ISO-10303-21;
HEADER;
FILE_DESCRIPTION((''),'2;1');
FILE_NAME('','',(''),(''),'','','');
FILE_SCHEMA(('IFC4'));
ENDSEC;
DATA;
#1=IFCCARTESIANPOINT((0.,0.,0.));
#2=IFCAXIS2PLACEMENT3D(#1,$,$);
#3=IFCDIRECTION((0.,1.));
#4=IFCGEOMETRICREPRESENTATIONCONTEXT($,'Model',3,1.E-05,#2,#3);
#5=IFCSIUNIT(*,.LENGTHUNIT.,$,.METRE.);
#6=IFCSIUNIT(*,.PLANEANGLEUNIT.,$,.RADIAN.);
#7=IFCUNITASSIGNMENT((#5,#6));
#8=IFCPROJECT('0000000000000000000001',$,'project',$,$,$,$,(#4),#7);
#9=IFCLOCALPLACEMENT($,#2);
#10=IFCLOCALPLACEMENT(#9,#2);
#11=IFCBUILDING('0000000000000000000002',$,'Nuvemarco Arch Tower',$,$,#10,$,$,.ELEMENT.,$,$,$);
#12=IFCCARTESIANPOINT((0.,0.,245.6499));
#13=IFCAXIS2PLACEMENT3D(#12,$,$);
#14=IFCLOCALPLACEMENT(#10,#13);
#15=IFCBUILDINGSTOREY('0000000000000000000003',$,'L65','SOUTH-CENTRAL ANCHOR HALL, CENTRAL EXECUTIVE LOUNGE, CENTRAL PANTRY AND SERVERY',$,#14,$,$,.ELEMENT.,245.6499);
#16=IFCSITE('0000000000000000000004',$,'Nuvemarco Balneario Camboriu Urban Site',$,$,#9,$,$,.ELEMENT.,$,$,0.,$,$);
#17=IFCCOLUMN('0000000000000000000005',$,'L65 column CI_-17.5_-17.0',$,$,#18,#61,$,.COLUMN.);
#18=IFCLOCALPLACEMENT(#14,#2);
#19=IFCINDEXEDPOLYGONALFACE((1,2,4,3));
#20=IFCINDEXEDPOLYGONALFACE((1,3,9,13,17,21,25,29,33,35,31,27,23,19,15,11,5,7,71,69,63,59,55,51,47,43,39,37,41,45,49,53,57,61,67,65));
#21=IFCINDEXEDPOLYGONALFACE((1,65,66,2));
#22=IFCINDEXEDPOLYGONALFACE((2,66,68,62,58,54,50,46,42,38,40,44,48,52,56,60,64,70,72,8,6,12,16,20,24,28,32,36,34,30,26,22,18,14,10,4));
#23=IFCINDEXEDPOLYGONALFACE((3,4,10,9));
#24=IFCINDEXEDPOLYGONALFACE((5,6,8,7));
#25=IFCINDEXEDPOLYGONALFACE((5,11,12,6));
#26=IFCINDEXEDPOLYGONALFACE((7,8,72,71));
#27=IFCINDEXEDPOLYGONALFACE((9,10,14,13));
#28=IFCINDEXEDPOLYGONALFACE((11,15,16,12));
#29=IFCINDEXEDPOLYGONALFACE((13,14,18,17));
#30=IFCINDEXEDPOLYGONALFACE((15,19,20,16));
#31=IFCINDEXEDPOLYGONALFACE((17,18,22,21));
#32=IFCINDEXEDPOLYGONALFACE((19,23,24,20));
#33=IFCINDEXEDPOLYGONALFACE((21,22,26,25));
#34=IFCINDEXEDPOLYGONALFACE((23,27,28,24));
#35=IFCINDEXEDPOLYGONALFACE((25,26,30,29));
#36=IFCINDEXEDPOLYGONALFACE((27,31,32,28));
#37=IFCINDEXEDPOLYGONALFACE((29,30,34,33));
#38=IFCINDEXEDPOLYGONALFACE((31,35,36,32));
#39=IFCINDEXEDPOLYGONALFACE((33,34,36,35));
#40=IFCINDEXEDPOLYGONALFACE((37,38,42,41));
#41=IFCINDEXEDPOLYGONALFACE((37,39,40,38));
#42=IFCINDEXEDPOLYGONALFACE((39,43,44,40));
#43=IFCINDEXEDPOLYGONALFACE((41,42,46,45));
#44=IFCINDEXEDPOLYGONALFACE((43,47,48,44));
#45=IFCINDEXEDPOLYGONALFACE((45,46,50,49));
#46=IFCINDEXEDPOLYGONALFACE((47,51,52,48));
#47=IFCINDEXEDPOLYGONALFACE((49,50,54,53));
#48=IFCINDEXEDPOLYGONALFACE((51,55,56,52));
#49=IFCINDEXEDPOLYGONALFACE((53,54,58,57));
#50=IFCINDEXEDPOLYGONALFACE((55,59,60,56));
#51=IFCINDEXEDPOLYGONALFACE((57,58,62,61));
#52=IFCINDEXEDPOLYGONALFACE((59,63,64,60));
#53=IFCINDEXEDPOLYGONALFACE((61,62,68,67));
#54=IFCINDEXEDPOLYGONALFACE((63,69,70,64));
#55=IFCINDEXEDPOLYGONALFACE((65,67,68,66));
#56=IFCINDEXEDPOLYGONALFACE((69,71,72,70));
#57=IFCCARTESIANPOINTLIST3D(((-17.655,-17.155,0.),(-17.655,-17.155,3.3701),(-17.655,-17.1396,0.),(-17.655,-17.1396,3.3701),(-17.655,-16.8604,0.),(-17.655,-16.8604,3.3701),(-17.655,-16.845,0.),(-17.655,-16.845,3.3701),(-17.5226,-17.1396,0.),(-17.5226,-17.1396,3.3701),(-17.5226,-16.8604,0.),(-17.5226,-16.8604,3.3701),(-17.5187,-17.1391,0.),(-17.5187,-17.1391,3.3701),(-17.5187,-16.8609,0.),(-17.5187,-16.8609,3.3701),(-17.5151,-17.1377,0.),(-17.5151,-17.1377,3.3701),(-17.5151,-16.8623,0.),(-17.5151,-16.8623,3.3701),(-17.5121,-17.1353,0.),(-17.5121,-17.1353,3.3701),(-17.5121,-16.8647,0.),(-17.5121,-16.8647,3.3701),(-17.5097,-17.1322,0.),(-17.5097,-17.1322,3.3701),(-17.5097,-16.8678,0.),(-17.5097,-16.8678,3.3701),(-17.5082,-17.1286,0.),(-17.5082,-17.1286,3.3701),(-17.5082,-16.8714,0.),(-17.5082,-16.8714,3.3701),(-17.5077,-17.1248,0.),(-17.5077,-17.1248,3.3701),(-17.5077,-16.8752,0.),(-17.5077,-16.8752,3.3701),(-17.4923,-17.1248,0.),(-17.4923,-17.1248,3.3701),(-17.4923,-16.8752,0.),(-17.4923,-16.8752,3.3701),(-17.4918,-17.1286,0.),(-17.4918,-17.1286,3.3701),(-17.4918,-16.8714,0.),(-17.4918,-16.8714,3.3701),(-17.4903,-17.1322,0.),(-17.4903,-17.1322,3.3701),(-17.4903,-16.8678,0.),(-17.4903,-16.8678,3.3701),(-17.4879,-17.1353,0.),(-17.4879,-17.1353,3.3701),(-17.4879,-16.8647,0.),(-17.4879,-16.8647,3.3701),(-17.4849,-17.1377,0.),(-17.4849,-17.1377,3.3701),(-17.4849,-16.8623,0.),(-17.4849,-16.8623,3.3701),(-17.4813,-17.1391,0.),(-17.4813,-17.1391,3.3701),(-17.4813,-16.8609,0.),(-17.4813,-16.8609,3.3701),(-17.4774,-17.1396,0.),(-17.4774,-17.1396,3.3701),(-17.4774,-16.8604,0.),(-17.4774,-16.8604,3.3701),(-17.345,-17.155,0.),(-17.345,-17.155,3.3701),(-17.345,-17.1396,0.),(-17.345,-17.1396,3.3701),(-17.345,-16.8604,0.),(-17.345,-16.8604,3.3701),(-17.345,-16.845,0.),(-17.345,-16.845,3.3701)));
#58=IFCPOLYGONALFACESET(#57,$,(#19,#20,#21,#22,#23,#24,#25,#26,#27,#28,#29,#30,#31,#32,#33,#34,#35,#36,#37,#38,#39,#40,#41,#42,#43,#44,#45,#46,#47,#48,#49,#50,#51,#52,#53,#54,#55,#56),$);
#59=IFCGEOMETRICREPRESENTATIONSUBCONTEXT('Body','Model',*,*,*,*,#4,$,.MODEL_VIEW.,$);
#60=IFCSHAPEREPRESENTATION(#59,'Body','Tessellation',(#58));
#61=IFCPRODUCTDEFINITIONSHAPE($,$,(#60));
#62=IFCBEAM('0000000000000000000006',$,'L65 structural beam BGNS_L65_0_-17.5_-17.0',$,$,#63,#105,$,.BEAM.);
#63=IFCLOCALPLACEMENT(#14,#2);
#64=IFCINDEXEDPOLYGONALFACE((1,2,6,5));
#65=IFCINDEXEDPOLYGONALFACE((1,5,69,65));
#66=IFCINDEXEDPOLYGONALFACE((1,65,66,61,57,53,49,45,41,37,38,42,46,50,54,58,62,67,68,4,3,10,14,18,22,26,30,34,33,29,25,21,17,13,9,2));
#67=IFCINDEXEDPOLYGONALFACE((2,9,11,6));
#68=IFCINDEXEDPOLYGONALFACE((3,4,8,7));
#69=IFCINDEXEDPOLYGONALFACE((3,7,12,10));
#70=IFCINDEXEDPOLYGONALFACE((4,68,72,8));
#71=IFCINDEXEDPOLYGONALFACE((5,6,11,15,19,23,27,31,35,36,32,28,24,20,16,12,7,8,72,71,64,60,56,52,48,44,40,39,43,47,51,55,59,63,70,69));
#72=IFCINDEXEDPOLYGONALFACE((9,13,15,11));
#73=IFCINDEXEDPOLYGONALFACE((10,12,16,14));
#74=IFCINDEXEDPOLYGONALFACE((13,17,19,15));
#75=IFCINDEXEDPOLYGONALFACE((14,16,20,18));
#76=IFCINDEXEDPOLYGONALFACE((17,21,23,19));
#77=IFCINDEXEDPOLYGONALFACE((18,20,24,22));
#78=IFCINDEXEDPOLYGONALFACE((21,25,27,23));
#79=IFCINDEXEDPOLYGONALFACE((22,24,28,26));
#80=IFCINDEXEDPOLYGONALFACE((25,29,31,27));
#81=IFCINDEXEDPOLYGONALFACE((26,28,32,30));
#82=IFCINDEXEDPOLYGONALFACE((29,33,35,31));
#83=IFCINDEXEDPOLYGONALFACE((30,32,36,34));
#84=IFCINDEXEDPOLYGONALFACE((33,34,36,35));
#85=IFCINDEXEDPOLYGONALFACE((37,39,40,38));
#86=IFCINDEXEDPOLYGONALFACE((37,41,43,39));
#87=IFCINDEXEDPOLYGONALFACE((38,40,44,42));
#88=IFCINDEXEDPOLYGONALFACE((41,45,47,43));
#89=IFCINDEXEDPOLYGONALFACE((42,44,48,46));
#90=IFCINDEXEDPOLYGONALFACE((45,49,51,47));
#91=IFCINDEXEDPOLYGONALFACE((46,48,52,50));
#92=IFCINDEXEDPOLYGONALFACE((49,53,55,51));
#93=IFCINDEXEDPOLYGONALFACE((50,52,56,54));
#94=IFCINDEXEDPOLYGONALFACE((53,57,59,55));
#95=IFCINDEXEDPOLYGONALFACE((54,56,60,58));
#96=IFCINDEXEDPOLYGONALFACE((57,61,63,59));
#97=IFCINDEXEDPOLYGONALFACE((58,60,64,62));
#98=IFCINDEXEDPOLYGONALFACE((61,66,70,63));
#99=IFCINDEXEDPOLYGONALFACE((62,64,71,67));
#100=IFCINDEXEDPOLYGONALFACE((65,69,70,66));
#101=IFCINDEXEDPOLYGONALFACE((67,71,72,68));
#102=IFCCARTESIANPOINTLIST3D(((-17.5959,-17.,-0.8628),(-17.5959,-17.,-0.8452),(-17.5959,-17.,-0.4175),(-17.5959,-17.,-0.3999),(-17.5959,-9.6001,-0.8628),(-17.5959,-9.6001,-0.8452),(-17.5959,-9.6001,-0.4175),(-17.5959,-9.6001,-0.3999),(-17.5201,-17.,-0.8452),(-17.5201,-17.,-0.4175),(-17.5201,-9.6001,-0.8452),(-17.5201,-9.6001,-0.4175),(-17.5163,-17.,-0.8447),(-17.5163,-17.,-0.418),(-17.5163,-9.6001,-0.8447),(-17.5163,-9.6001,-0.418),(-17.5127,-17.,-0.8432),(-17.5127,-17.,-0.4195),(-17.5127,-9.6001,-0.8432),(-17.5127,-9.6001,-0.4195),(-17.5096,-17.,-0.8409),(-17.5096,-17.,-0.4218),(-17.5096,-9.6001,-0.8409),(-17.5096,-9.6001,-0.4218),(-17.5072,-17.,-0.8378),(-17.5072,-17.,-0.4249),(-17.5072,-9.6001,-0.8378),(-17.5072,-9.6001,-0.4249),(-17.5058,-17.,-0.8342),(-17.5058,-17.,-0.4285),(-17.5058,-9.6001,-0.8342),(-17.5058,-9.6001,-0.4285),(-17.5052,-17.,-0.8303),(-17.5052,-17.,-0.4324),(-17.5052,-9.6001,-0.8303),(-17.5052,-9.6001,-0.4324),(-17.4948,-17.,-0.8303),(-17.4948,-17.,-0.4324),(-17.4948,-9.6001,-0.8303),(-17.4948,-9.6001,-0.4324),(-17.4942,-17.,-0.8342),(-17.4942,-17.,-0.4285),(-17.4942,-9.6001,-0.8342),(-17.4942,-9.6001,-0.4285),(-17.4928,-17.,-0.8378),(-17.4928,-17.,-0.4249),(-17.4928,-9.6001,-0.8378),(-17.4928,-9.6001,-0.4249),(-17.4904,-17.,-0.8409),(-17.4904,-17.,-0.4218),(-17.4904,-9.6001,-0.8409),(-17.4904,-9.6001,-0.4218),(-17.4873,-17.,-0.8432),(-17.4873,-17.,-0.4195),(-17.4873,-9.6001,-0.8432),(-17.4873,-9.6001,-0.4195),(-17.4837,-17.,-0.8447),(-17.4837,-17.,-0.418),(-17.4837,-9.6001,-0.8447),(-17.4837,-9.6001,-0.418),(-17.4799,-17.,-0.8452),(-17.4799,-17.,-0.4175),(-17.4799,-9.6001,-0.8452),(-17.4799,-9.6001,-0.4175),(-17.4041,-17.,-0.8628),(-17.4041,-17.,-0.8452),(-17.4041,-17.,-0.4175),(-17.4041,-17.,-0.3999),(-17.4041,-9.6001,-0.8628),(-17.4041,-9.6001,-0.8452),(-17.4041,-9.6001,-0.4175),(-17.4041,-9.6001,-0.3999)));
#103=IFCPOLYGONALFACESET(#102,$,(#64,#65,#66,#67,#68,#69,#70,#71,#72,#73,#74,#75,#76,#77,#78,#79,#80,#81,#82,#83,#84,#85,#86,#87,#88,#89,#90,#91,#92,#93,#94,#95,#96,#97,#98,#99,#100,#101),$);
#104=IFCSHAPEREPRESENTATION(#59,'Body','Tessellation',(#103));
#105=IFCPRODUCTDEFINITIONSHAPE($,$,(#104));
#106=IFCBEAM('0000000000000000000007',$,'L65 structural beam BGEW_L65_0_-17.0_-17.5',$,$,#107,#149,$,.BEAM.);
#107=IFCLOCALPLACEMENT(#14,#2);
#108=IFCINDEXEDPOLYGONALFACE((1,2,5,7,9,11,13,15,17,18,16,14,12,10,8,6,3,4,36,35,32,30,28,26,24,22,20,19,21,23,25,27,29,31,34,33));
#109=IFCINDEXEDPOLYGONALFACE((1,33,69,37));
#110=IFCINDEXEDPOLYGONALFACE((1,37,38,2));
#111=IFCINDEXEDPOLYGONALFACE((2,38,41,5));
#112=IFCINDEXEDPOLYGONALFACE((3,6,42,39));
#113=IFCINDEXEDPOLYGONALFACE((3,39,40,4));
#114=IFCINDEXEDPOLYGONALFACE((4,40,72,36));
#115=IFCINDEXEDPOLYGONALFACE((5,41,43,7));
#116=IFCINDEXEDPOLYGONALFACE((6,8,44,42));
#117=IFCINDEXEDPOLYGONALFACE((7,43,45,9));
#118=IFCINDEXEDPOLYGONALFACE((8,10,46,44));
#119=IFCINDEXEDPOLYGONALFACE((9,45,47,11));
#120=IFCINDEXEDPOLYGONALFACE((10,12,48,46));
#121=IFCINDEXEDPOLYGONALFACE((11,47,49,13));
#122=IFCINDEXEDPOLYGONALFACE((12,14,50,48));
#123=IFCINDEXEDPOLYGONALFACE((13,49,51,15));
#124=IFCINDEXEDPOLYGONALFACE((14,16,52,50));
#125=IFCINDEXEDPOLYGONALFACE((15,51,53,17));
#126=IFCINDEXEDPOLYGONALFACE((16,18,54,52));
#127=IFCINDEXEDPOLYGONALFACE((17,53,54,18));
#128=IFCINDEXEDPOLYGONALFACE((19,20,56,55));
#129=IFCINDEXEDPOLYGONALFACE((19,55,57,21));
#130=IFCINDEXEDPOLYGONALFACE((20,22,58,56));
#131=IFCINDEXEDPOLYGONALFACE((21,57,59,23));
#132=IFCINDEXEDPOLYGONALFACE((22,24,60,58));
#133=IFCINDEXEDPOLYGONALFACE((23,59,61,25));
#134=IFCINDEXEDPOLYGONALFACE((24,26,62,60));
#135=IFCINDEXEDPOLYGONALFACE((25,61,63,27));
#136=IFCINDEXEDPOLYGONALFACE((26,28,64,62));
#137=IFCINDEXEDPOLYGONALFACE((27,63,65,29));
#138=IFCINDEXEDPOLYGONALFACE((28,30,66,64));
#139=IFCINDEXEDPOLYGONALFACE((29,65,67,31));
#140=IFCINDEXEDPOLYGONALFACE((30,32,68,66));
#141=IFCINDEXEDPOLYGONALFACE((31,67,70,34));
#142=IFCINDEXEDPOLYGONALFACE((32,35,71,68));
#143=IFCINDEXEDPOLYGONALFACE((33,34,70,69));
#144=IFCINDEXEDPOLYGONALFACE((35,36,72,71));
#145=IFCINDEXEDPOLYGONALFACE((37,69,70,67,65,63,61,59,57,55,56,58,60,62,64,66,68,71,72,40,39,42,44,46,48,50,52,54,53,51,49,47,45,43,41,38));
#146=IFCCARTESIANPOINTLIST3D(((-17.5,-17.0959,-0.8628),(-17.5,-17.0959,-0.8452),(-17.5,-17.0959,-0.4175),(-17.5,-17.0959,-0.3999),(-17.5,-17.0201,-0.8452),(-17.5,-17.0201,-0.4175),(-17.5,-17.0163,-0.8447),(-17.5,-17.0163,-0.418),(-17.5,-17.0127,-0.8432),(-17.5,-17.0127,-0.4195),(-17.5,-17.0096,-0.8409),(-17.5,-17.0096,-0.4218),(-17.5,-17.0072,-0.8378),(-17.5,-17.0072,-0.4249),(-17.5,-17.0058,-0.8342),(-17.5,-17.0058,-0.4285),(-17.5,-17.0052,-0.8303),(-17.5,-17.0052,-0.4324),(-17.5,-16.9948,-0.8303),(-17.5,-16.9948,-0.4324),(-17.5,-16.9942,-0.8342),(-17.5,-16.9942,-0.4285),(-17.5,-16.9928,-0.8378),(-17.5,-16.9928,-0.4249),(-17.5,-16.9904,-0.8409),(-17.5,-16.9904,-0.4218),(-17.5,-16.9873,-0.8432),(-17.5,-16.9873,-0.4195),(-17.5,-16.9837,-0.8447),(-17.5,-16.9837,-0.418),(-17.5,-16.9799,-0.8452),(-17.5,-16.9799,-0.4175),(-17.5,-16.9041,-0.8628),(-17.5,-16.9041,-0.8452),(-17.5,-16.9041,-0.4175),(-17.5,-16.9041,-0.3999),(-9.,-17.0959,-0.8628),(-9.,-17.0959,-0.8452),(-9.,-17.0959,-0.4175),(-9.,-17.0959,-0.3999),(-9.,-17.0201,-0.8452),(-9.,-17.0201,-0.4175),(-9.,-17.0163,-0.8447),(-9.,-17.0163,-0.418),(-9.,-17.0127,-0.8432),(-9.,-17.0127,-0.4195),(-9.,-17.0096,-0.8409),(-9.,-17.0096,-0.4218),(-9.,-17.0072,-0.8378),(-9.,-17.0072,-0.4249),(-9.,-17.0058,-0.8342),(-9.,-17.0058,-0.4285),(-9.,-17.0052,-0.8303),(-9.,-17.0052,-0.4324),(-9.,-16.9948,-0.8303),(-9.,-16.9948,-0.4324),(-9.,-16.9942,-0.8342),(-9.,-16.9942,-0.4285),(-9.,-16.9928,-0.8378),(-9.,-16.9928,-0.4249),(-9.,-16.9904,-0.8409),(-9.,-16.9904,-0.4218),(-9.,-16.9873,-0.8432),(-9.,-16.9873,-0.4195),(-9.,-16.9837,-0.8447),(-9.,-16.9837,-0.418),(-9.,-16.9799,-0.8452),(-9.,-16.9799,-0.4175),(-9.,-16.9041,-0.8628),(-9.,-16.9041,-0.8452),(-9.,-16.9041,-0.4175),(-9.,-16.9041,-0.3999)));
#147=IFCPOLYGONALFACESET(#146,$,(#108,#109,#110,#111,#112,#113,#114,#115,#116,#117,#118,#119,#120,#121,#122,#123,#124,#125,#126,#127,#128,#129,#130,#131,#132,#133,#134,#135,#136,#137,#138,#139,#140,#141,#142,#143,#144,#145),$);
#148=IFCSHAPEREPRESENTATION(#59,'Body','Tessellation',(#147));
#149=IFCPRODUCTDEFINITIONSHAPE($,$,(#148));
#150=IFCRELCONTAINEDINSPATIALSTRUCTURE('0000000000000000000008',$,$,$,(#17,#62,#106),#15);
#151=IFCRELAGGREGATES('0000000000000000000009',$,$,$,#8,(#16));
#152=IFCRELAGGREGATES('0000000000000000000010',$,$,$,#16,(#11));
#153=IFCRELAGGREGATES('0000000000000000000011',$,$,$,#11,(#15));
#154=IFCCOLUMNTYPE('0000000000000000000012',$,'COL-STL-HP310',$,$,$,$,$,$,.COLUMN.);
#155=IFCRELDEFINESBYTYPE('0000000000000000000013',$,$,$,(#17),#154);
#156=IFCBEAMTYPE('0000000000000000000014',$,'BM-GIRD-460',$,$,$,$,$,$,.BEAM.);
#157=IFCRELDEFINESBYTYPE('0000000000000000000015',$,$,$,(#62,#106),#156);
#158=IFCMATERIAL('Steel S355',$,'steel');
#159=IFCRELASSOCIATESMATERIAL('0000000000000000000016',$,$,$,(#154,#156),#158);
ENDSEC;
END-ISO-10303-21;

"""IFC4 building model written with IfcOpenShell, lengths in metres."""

from ifc_helpers import new_model, si_unit, direction, frame, origin, origin_2d, place, context, subcontext, project, spatial, i_section, extrude, material, material_profile, profile_set, type_object, element, save


model = new_model("IFC4")

# Units and contexts
model_context = context("Model", 3, precision=1e-05, world=origin(), true_north=direction((0.0, 1.0)))
body_context = subcontext(model_context, "Body", "Model", "MODEL_VIEW")
ifc_project = project(units=[si_unit("LENGTHUNIT", "METRE"), si_unit("PLANEANGLEUNIT", "RADIAN")], contexts=[model_context])

# Site, building, storey
site_placement = place(None, origin())
site = spatial("IfcSite", under=ifc_project, at=site_placement, Name="Nuvemarco Balneario Camboriu Urban Site", CompositionType="ELEMENT", RefElevation=0.0)
building_placement = place(site_placement, origin())
building = spatial("IfcBuilding", under=site, at=building_placement, Name="Nuvemarco Arch Tower", CompositionType="ELEMENT")
storey_placement = place(building_placement, frame((0.0, 0.0, 245.6499)))
storey = spatial("IfcBuildingStorey", under=building, at=storey_placement, Name="L65", Description="SOUTH-CENTRAL ANCHOR HALL, CENTRAL EXECUTIVE LOUNGE, CENTRAL PANTRY AND SERVERY", CompositionType="ELEMENT", Elevation=245.6499)

# Column
ifc_material_1 = material(Name="Steel S355", Category="steel")
ifc_material_profile_1 = material_profile(ifc_material_1, i_section(OverallWidth=0.3101, OverallDepth=0.3101, WebThickness=0.0154, FlangeThickness=0.0154, FilletRadius=0.0149, at=origin_2d()), Name="HP310x110")
ifc_profile_set_1 = profile_set([ifc_material_profile_1], Name="Steel S355")
column_type = type_object("IfcColumnType", Name="COL-STL-HP310", PredefinedType="COLUMN", material=ifc_profile_set_1)
column_placement = place(storey_placement, frame((-17.5, -17.0, 0.0), z_axis=(0.0, 0.0, 1.0), x_axis=(1.0, 0.0, 0.0)))
element("IfcColumn", 1, at=column_placement, inside=storey, type_object=column_type, Name="L65 column CI_-17.5_-17.0", PredefinedType="COLUMN", context=body_context, shape_type="SweptSolid", body=[
    extrude(i_section(OverallWidth=0.3101, OverallDepth=0.3101, WebThickness=0.0154, FlangeThickness=0.0154, FilletRadius=0.0149, at=origin_2d()), origin(), (0.0, 0.0, 1.0), 3.3701),
])

# Beams
ifc_material_profile_2 = material_profile(ifc_material_1, i_section(OverallWidth=0.1919, OverallDepth=0.4629, WebThickness=0.0105, FlangeThickness=0.0176, FilletRadius=0.0149, at=origin_2d()), Name="W460x89")
ifc_profile_set_2 = profile_set([ifc_material_profile_2], Name="Steel S355")
beam_type = type_object("IfcBeamType", Name="BM-GIRD-460", PredefinedType="BEAM", material=ifc_profile_set_2)
beam_1_placement = place(storey_placement, frame((-17.5, -17.0, -0.6313), z_axis=(0.0, 1.0, 0.0), x_axis=(-1.0, 0.0, 0.0)))
element("IfcBeam", 2, at=beam_1_placement, inside=storey, type_object=beam_type, Name="L65 structural beam BGNS_L65_0_-17.5_-17.0", PredefinedType="BEAM", context=body_context, shape_type="SweptSolid", body=[
    extrude(i_section(OverallWidth=0.1919, OverallDepth=0.4629, WebThickness=0.0105, FlangeThickness=0.0176, FilletRadius=0.0149, at=origin_2d()), origin(), (0.0, 0.0, 1.0), 7.3999),
])
beam_2_placement = place(storey_placement, frame((-17.5, -17.0, -0.6313), z_axis=(1.0, 0.0, 0.0), x_axis=(0.0, 1.0, 0.0)))
element("IfcBeam", 3, at=beam_2_placement, inside=storey, type_object=beam_type, Name="L65 structural beam BGEW_L65_0_-17.0_-17.5", PredefinedType="BEAM", context=body_context, shape_type="SweptSolid", body=[
    extrude(i_section(OverallWidth=0.1919, OverallDepth=0.4629, WebThickness=0.0105, FlangeThickness=0.0176, FilletRadius=0.0149, at=origin_2d()), origin(), (0.0, 0.0, 1.0), 8.5),
])

save(model, "model.ifc")
